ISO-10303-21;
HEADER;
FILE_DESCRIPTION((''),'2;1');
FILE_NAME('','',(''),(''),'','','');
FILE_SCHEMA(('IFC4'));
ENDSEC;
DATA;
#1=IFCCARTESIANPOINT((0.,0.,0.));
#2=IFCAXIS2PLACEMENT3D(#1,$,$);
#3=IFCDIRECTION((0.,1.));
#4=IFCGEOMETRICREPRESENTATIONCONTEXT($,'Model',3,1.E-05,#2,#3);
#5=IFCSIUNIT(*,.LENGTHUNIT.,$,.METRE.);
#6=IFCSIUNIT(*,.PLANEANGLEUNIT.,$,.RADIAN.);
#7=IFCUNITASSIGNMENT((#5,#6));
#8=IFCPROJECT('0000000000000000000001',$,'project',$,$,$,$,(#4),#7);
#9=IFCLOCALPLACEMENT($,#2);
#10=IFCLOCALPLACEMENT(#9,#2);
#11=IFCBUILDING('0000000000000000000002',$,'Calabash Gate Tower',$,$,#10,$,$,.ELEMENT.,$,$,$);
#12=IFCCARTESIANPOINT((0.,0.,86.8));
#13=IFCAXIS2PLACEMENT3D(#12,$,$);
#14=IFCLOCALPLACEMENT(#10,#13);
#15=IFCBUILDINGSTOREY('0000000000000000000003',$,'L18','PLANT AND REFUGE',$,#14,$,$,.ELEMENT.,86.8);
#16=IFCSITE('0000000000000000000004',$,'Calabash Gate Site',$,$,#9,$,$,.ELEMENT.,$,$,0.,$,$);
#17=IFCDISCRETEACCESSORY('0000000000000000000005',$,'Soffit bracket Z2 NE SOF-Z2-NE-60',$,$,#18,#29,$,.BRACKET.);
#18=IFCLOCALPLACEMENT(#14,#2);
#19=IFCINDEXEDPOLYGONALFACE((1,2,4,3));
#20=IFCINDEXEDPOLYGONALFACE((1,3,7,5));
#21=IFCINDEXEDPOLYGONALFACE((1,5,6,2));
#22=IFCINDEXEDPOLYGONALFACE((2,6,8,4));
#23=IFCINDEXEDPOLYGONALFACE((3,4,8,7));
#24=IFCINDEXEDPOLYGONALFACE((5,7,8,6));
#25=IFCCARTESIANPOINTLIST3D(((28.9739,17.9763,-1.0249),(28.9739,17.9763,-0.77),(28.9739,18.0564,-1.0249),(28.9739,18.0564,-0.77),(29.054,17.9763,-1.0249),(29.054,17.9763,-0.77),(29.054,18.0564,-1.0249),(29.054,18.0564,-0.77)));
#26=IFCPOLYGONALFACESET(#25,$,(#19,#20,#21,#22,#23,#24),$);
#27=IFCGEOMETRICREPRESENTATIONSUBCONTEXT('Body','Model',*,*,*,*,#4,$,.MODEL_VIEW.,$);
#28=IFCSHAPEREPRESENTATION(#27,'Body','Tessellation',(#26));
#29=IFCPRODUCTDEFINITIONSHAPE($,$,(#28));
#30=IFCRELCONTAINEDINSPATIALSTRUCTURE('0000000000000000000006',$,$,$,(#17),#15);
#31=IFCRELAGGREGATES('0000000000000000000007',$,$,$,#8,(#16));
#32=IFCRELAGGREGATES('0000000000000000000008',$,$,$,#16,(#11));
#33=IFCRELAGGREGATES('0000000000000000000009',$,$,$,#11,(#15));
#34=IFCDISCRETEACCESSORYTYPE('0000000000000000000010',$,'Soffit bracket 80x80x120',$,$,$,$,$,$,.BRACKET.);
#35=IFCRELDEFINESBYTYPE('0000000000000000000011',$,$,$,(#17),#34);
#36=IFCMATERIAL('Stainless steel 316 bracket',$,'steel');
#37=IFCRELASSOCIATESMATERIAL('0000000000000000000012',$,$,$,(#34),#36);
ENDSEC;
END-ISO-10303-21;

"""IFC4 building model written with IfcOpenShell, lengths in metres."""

from ifc_helpers import new_model, si_unit, direction, frame, origin, origin_2d, place, context, subcontext, project, spatial, rectangle, extrude, material, type_object, element, save


model = new_model("IFC4")

# Units and contexts
model_context = context("Model", 3, precision=1e-05, world=origin(), true_north=direction((0.0, 1.0)))
body_context = subcontext(model_context, "Body", "Model", "MODEL_VIEW")
ifc_project = project(units=[si_unit("LENGTHUNIT", "METRE"), si_unit("PLANEANGLEUNIT", "RADIAN")], contexts=[model_context])

# Site, building, storey
site_placement = place(None, origin())
site = spatial("IfcSite", under=ifc_project, at=site_placement, Name="Calabash Gate Site", CompositionType="ELEMENT", RefElevation=0.0)
building_placement = place(site_placement, origin())
building = spatial("IfcBuilding", under=site, at=building_placement, Name="Calabash Gate Tower", CompositionType="ELEMENT")
storey_placement = place(building_placement, frame((0.0, 0.0, 86.8)))
storey = spatial("IfcBuildingStorey", under=building, at=storey_placement, Name="L18", Description="PLANT AND REFUGE", CompositionType="ELEMENT", Elevation=86.8)

# Discrete accessory
ifc_material_1 = material(Name="Stainless steel 316 bracket", Category="steel")
discrete_accessory_type_1 = type_object("IfcDiscreteAccessoryType", Name="Soffit bracket 80x80x120", PredefinedType="BRACKET", material=ifc_material_1)
discrete_accessory_1_placement = place(storey_placement, frame((29.0139, 18.0164, -1.0249), z_axis=(0.0, 0.0, 1.0), x_axis=(1.0, 0.0, 0.0)))
element("IfcDiscreteAccessory", 1, at=discrete_accessory_1_placement, inside=storey, type_object=discrete_accessory_type_1, Name="Soffit bracket Z2 NE SOF-Z2-NE-60", PredefinedType="BRACKET", context=body_context, shape_type="SweptSolid", body=[
    extrude(rectangle(XDim=0.0801, YDim=0.0801, at=origin_2d()), origin(), (0.0, 0.0, 1.0), 0.2549),
])

save(model, "model.ifc")
